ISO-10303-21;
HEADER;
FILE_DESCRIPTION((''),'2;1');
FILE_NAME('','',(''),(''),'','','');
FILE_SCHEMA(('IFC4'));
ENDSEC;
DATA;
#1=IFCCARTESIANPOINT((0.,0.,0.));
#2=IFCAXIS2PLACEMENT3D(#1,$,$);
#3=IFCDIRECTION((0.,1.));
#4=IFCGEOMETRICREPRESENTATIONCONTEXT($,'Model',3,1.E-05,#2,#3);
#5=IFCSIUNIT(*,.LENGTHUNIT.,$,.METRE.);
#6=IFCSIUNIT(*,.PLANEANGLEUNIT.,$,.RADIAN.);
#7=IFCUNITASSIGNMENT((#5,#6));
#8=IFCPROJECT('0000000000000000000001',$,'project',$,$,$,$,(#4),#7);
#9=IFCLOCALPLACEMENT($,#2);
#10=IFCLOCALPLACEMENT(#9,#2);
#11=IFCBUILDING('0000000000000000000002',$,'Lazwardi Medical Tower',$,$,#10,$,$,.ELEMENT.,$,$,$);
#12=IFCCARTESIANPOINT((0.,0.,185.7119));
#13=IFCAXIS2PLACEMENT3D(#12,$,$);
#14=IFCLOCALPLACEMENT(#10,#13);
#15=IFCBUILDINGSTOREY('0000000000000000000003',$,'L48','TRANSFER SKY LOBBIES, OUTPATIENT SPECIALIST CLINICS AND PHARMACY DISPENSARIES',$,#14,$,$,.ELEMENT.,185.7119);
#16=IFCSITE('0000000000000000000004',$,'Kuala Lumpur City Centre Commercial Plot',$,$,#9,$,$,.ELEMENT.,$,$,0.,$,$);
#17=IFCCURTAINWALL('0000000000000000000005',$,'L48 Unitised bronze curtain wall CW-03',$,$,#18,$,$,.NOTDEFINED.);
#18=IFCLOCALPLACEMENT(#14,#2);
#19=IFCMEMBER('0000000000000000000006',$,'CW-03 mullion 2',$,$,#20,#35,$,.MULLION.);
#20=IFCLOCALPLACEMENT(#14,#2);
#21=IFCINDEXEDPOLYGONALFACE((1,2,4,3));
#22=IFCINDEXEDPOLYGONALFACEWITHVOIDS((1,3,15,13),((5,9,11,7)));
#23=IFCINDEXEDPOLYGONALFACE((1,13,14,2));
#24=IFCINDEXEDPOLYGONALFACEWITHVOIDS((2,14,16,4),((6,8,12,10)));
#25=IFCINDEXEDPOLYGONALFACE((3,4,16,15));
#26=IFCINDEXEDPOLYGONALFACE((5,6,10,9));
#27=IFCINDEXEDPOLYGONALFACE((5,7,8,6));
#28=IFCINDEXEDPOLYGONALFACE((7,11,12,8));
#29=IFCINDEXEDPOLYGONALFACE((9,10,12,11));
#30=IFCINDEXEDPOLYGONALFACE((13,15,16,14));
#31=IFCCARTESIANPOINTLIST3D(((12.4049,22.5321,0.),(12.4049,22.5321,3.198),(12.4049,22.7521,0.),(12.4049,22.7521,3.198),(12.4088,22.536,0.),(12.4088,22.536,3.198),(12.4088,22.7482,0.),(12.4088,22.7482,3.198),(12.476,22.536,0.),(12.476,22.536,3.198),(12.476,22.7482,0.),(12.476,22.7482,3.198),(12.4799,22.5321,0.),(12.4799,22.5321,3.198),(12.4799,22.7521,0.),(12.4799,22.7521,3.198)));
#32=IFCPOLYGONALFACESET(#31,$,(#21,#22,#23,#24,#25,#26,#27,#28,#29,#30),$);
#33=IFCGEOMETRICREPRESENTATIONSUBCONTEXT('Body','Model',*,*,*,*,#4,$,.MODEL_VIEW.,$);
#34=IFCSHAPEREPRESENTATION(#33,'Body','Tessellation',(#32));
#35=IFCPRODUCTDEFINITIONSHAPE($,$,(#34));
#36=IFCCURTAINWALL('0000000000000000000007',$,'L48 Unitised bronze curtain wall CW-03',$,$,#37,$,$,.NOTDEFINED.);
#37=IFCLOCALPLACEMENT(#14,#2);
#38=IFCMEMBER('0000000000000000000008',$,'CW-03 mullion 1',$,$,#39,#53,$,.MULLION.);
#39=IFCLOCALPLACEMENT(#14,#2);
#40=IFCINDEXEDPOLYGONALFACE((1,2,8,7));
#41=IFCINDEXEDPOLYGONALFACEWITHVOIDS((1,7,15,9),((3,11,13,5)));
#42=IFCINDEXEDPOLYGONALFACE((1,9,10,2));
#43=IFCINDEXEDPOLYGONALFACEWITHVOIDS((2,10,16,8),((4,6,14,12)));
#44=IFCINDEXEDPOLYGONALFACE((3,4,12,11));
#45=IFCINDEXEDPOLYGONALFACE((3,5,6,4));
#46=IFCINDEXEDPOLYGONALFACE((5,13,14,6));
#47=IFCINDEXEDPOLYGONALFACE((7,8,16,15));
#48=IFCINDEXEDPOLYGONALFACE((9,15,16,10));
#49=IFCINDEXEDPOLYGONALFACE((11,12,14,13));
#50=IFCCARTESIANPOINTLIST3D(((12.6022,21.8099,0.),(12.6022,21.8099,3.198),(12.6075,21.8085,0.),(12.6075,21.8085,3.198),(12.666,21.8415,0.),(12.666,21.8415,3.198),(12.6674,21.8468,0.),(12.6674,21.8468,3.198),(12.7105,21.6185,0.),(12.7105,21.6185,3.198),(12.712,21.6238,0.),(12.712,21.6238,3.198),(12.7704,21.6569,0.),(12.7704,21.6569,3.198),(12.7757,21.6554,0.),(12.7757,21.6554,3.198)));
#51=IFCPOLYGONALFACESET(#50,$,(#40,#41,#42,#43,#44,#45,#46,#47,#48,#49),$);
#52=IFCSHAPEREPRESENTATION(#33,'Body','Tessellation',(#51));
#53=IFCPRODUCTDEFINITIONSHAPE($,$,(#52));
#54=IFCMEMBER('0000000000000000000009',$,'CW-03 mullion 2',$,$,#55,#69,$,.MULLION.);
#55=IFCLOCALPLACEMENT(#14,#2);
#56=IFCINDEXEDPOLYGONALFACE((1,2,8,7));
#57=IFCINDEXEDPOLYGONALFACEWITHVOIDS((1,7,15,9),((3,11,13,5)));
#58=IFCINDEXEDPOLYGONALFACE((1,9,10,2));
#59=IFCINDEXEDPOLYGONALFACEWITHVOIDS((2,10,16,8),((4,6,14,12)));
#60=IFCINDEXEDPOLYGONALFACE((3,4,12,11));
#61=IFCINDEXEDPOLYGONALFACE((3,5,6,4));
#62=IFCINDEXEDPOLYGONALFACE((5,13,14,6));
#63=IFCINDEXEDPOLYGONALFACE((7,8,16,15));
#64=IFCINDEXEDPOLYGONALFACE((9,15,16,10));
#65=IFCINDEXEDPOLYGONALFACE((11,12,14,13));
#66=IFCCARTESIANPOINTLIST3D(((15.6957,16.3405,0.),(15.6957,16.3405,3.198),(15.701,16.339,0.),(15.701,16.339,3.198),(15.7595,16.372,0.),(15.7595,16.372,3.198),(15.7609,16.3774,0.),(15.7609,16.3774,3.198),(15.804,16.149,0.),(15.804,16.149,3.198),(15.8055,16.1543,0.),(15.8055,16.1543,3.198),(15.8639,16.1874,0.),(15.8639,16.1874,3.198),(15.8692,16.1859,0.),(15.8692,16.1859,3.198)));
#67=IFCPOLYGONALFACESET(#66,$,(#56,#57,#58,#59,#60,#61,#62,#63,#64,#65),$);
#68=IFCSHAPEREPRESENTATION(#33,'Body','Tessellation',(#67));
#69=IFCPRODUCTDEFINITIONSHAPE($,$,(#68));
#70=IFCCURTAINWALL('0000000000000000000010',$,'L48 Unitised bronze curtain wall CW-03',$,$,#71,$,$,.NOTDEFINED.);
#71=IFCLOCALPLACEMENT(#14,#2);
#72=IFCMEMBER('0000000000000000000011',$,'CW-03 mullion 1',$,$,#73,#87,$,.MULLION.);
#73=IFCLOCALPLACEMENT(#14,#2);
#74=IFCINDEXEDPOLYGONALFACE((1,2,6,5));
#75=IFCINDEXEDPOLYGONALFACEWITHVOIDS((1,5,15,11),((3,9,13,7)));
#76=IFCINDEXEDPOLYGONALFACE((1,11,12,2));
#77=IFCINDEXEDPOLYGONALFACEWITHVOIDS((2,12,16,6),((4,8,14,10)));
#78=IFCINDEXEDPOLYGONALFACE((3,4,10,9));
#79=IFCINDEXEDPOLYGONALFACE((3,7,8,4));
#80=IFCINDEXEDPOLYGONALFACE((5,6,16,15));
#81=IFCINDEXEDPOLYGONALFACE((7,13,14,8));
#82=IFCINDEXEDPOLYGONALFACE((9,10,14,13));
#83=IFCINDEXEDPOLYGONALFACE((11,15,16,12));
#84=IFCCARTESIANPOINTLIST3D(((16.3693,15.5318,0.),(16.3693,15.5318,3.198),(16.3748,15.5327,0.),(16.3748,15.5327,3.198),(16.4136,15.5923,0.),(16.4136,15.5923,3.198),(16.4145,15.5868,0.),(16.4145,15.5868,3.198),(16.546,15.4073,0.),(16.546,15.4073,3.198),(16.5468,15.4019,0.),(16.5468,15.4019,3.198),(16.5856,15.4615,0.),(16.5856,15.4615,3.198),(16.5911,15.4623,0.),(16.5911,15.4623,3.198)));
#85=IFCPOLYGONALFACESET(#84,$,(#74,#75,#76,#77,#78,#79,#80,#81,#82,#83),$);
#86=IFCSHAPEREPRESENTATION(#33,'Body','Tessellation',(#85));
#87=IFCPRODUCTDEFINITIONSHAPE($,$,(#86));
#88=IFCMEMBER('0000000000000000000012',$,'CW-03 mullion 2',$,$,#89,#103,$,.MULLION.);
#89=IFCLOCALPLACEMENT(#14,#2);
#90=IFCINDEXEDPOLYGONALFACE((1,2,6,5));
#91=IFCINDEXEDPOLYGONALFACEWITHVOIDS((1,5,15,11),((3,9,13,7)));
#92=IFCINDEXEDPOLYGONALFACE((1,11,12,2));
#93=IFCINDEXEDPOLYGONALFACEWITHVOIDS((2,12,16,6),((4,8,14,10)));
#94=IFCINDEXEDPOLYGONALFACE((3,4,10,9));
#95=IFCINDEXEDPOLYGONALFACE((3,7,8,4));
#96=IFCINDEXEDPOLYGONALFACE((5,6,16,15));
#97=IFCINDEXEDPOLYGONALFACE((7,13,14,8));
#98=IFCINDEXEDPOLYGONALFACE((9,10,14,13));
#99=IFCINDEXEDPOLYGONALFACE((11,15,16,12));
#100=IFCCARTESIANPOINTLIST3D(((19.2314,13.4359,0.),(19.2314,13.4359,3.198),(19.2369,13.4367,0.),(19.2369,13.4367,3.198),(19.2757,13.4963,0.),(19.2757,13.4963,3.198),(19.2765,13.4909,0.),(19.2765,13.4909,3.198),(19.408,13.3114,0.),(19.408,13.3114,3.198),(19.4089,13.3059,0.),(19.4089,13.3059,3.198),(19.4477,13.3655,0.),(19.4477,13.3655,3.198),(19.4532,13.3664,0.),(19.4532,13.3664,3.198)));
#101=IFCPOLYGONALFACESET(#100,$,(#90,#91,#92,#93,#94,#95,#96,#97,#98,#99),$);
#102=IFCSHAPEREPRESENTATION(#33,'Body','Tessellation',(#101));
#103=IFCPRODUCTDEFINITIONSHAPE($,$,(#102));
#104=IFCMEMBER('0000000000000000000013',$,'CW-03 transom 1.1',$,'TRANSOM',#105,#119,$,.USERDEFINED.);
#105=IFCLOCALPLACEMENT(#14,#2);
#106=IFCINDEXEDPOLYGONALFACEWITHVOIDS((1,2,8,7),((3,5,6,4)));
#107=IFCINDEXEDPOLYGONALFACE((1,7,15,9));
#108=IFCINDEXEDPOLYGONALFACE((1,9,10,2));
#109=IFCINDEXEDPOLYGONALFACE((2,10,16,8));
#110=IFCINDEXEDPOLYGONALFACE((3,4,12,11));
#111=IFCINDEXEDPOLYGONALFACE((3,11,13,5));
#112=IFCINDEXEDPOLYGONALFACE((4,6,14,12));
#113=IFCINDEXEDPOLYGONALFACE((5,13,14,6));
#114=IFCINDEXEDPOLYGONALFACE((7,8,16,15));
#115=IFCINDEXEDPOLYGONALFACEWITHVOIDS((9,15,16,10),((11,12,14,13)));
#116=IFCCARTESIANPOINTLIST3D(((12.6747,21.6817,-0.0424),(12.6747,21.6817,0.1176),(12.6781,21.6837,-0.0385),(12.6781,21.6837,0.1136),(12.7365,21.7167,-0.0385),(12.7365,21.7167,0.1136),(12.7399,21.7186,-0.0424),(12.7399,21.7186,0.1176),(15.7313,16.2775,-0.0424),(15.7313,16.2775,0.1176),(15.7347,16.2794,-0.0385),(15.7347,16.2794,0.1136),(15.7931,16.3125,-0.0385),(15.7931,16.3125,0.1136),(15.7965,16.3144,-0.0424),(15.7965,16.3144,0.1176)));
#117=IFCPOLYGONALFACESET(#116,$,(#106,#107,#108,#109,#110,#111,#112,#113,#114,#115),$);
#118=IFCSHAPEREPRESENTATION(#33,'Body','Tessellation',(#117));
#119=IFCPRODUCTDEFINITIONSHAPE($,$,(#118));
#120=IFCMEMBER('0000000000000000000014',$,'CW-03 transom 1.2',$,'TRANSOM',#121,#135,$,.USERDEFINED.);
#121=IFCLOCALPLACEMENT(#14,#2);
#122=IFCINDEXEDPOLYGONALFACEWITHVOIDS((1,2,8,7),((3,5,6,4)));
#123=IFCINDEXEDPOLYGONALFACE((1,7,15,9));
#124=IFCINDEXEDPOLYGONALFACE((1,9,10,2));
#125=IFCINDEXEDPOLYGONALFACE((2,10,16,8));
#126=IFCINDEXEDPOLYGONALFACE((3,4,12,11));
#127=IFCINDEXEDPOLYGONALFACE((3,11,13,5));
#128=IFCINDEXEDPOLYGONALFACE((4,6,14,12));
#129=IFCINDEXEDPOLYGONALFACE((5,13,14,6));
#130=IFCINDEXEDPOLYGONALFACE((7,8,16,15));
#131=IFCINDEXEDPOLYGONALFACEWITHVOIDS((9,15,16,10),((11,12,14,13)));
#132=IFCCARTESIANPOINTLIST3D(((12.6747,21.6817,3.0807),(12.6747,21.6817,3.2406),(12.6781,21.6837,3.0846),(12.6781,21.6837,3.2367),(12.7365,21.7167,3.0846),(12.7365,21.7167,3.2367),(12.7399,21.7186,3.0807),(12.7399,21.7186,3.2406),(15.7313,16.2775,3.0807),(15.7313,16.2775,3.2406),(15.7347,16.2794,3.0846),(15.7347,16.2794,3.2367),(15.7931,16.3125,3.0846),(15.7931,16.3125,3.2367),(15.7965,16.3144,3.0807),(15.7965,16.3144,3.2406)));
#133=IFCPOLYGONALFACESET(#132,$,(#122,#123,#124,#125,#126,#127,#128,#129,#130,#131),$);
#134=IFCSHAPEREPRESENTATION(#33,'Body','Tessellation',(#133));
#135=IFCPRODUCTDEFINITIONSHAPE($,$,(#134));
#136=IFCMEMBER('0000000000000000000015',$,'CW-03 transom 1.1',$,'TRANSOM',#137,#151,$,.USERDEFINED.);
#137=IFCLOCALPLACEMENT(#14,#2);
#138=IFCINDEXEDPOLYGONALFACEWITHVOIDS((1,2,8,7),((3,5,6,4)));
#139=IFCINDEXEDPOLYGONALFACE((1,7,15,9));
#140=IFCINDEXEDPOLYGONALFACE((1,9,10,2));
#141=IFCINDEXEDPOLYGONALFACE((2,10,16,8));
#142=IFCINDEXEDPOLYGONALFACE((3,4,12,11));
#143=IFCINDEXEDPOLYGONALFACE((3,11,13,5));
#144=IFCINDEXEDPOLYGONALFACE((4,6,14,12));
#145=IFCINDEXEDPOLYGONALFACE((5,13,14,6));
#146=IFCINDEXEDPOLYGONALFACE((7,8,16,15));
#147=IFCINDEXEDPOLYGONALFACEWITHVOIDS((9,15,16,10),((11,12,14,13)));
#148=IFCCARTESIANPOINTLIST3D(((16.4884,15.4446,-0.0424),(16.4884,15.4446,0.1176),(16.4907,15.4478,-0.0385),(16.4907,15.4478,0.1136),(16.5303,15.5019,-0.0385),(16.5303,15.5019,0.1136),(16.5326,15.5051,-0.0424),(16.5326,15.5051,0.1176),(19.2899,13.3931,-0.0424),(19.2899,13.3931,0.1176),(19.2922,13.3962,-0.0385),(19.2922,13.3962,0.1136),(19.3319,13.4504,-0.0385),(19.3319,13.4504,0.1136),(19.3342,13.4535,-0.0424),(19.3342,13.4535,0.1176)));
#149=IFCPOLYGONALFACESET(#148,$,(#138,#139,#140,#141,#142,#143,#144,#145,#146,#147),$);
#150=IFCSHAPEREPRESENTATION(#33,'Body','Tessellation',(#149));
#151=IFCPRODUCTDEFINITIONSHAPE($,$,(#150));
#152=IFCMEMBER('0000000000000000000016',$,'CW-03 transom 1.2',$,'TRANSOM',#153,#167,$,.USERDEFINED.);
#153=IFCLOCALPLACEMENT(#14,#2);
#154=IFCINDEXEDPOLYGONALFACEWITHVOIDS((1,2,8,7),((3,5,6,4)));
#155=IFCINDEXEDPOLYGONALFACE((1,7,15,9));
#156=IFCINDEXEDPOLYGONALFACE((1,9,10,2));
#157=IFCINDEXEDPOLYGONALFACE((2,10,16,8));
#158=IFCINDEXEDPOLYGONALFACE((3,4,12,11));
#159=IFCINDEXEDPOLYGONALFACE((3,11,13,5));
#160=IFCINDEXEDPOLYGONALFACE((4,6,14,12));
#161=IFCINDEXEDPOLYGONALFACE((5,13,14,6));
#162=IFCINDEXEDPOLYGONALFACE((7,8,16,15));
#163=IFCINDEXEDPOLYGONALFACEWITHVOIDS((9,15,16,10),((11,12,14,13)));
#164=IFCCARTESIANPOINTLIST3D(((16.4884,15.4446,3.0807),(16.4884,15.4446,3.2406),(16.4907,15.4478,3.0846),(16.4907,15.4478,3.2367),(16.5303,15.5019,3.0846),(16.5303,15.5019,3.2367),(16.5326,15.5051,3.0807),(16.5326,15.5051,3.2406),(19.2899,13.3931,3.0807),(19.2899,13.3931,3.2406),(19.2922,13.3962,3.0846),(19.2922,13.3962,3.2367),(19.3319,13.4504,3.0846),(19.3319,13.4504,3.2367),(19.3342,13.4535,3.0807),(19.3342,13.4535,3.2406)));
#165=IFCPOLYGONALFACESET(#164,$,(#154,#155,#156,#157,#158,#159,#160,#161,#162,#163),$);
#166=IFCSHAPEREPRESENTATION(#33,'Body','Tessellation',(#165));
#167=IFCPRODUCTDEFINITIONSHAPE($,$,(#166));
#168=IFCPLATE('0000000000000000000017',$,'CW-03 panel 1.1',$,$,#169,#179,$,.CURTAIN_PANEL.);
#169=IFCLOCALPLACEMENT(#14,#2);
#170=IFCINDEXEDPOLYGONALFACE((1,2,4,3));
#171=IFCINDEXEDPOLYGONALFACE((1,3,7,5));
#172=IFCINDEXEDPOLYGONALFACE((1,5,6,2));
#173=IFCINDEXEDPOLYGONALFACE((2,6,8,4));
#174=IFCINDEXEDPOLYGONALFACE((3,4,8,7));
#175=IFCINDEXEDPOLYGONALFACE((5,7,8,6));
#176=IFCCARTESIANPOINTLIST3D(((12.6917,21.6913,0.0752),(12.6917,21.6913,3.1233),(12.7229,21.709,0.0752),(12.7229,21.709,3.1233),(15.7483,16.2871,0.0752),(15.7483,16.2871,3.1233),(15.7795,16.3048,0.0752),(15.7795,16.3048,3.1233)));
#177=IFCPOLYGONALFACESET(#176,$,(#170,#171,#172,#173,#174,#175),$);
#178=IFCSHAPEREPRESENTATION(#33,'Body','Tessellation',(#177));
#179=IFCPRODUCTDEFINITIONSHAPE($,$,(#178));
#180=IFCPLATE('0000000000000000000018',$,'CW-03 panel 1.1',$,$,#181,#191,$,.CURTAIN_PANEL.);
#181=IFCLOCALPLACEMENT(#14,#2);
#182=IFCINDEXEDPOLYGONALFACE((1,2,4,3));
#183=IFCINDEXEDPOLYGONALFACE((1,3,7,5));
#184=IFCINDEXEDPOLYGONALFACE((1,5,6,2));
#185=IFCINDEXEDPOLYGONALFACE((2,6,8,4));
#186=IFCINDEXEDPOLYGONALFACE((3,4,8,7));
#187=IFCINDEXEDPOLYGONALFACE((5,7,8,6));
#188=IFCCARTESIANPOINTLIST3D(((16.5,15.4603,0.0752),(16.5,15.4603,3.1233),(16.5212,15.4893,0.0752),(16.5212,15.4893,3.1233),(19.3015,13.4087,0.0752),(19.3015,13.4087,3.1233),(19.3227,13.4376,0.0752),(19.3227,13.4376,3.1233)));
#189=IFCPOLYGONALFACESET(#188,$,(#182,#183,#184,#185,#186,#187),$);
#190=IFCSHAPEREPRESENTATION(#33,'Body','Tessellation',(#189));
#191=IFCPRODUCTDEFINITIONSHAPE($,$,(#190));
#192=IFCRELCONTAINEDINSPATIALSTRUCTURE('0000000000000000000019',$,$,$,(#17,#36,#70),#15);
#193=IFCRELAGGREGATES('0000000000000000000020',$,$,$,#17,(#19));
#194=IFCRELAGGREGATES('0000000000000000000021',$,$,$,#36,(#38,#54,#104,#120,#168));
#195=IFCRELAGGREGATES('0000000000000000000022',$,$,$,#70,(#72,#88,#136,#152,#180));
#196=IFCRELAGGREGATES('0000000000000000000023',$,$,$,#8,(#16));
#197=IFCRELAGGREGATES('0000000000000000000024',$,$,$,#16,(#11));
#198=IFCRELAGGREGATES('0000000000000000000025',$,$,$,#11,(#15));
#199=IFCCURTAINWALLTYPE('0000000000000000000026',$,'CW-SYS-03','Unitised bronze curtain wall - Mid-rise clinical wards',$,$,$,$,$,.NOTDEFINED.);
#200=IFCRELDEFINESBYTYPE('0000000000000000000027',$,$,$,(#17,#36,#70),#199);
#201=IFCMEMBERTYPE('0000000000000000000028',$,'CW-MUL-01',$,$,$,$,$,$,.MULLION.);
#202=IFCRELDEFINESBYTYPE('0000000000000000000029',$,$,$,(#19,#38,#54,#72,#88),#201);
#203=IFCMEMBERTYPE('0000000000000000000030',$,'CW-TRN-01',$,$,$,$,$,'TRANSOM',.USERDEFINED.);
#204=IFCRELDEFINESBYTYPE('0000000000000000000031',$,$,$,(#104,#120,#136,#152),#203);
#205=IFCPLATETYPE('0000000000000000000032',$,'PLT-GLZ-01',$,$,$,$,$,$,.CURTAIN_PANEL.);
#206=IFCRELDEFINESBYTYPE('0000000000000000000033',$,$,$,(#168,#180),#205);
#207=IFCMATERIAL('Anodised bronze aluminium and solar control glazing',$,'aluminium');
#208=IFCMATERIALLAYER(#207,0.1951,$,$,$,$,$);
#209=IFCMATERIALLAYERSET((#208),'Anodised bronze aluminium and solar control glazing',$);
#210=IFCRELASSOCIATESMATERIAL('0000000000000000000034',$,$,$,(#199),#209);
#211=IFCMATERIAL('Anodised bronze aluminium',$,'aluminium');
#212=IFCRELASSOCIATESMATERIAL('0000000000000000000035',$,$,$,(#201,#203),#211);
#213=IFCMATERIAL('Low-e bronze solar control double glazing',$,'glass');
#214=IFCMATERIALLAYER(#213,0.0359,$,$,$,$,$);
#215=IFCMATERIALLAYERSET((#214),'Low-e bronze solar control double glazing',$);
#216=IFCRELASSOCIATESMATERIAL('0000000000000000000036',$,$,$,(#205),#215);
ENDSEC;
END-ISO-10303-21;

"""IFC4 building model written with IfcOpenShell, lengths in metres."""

from ifc_helpers import new_model, si_unit, direction, frame, origin, origin_2d, place, context, subcontext, project, spatial, rectangle, hollow_rectangle, extrude, material, layer, layer_set, material_profile, profile_set, type_object, element, aggregate, save


model = new_model("IFC4")

# Units and contexts
model_context = context("Model", 3, precision=1e-05, world=origin(), true_north=direction((0.0, 1.0)))
body_context = subcontext(model_context, "Body", "Model", "MODEL_VIEW")
ifc_project = project(units=[si_unit("LENGTHUNIT", "METRE"), si_unit("PLANEANGLEUNIT", "RADIAN")], contexts=[model_context])

# Site, building, storey
site_placement = place(None, origin())
site = spatial("IfcSite", under=ifc_project, at=site_placement, Name="Kuala Lumpur City Centre Commercial Plot", CompositionType="ELEMENT", RefElevation=0.0)
building_placement = place(site_placement, origin())
building = spatial("IfcBuilding", under=site, at=building_placement, Name="Lazwardi Medical Tower", CompositionType="ELEMENT")
storey_placement = place(building_placement, frame((0.0, 0.0, 185.7119)))
storey = spatial("IfcBuildingStorey", under=building, at=storey_placement, Name="L48", Description="TRANSFER SKY LOBBIES, OUTPATIENT SPECIALIST CLINICS AND PHARMACY DISPENSARIES", CompositionType="ELEMENT", Elevation=185.7119)

# Curtain wall, member
ifc_material_1 = material(Name="Anodised bronze aluminium and solar control glazing", Category="aluminium")
ifc_layer_1 = layer(ifc_material_1, 0.1951)
ifc_layer_set_1 = layer_set([ifc_layer_1], Name="Anodised bronze aluminium and solar control glazing")
curtain_wall_type = type_object("IfcCurtainWallType", Name="CW-SYS-03", Description="Unitised bronze curtain wall - Mid-rise clinical wards", PredefinedType="NOTDEFINED", material=ifc_layer_set_1)
curtain_wall_1_placement = place(storey_placement, origin())
curtain_wall_1 = element("IfcCurtainWall", 1, at=curtain_wall_1_placement, inside=storey, type_object=curtain_wall_type, Name="L48 Unitised bronze curtain wall CW-03", PredefinedType="NOTDEFINED")
ifc_material_2 = material(Name="Anodised bronze aluminium", Category="aluminium")
ifc_material_profile_1 = material_profile(ifc_material_2, hollow_rectangle(XDim=0.075, YDim=0.22, WallThickness=0.0039, at=origin_2d()), Name="ALU-MULLION 220x75x4")
ifc_profile_set_1 = profile_set([ifc_material_profile_1], Name="Anodised bronze aluminium")
member_type_1 = type_object("IfcMemberType", Name="CW-MUL-01", PredefinedType="MULLION", material=ifc_profile_set_1)
member_1_placement = place(storey_placement, frame((12.4424, 22.6421, 0.0), z_axis=(0.0, 0.0, 1.0), x_axis=(1.0, 0.0, 0.0)))
member_1 = element("IfcMember", 2, at=member_1_placement, type_object=member_type_1, Name="CW-03 mullion 2", PredefinedType="MULLION", context=body_context, shape_type="SweptSolid", body=[
    extrude(hollow_rectangle(XDim=0.075, YDim=0.22, WallThickness=0.0039, at=origin_2d()), origin(), (0.0, 0.0, 1.0), 3.198),
])
aggregate(curtain_wall_1, [member_1])

# Curtain walls, members
curtain_wall_2_placement = place(storey_placement, origin())
curtain_wall_2 = element("IfcCurtainWall", 3, at=curtain_wall_2_placement, inside=storey, type_object=curtain_wall_type, Name="L48 Unitised bronze curtain wall CW-03", PredefinedType="NOTDEFINED")
member_2_placement = place(storey_placement, frame((12.689, 21.7327, 0.0), z_axis=(0.0, 0.0, 1.0), x_axis=(0.870419, 0.492312, 0.0)))
member_2 = element("IfcMember", 4, at=member_2_placement, type_object=member_type_1, Name="CW-03 mullion 1", PredefinedType="MULLION", context=body_context, shape_type="SweptSolid", body=[
    extrude(hollow_rectangle(XDim=0.075, YDim=0.22, WallThickness=0.0039, at=origin_2d()), origin(), (0.0, 0.0, 1.0), 3.198),
])
member_3_placement = place(storey_placement, frame((15.7825, 16.2632, 0.0), z_axis=(0.0, 0.0, 1.0), x_axis=(0.870419, 0.492312, 0.0)))
member_3 = element("IfcMember", 5, at=member_3_placement, type_object=member_type_1, Name="CW-03 mullion 2", PredefinedType="MULLION", context=body_context, shape_type="SweptSolid", body=[
    extrude(hollow_rectangle(XDim=0.075, YDim=0.22, WallThickness=0.0039, at=origin_2d()), origin(), (0.0, 0.0, 1.0), 3.198),
])
curtain_wall_3_placement = place(storey_placement, origin())
curtain_wall_3 = element("IfcCurtainWall", 6, at=curtain_wall_3_placement, inside=storey, type_object=curtain_wall_type, Name="L48 Unitised bronze curtain wall CW-03", PredefinedType="NOTDEFINED")
member_4_placement = place(storey_placement, frame((16.4802, 15.4971, 0.0), z_axis=(0.0, 0.0, 1.0), x_axis=(0.590834, 0.806793, 0.0)))
member_4 = element("IfcMember", 7, at=member_4_placement, type_object=member_type_1, Name="CW-03 mullion 1", PredefinedType="MULLION", context=body_context, shape_type="SweptSolid", body=[
    extrude(hollow_rectangle(XDim=0.075, YDim=0.22, WallThickness=0.0039, at=origin_2d()), origin(), (0.0, 0.0, 1.0), 3.198),
])
member_5_placement = place(storey_placement, frame((19.3423, 13.4011, 0.0), z_axis=(0.0, 0.0, 1.0), x_axis=(0.590834, 0.806793, 0.0)))
member_5 = element("IfcMember", 8, at=member_5_placement, type_object=member_type_1, Name="CW-03 mullion 2", PredefinedType="MULLION", context=body_context, shape_type="SweptSolid", body=[
    extrude(hollow_rectangle(XDim=0.075, YDim=0.22, WallThickness=0.0039, at=origin_2d()), origin(), (0.0, 0.0, 1.0), 3.198),
])

# Members
ifc_material_profile_2 = material_profile(ifc_material_2, hollow_rectangle(XDim=0.075, YDim=0.1599, WallThickness=0.0039, at=origin_2d()), Name="ALU-TRANSOM 160x75x4")
ifc_profile_set_2 = profile_set([ifc_material_profile_2], Name="Anodised bronze aluminium")
member_type_2 = type_object("IfcMemberType", Name="CW-TRN-01", ElementType="TRANSOM", PredefinedType="USERDEFINED", material=ifc_profile_set_2)
member_6_placement = place(storey_placement, frame((12.7073, 21.7002, 0.0376), z_axis=(0.492306, -0.870422, 0.0), x_axis=(0.870422, 0.492306, 0.0)))
member_6 = element("IfcMember", 9, at=member_6_placement, type_object=member_type_2, Name="CW-03 transom 1.1", ObjectType="TRANSOM", PredefinedType="USERDEFINED", context=body_context, shape_type="SweptSolid", body=[
    extrude(hollow_rectangle(XDim=0.075, YDim=0.1599, WallThickness=0.0039, at=origin_2d()), origin(), (0.0, 0.0, 1.0), 6.2087),
])
member_7_placement = place(storey_placement, frame((12.7073, 21.7002, 3.1606), z_axis=(0.492306, -0.870422, 0.0), x_axis=(0.870422, 0.492306, 0.0)))
member_7 = element("IfcMember", 10, at=member_7_placement, type_object=member_type_2, Name="CW-03 transom 1.2", ObjectType="TRANSOM", PredefinedType="USERDEFINED", context=body_context, shape_type="SweptSolid", body=[
    extrude(hollow_rectangle(XDim=0.075, YDim=0.1599, WallThickness=0.0039, at=origin_2d()), origin(), (0.0, 0.0, 1.0), 6.2087),
])
member_8_placement = place(storey_placement, frame((16.5105, 15.4749, 0.0376), z_axis=(0.806807, -0.590815, 0.0), x_axis=(0.590815, 0.806807, 0.0)))
member_8 = element("IfcMember", 11, at=member_8_placement, type_object=member_type_2, Name="CW-03 transom 1.1", ObjectType="TRANSOM", PredefinedType="USERDEFINED", context=body_context, shape_type="SweptSolid", body=[
    extrude(hollow_rectangle(XDim=0.075, YDim=0.1599, WallThickness=0.0039, at=origin_2d()), origin(), (0.0, 0.0, 1.0), 3.4724),
])
member_9_placement = place(storey_placement, frame((16.5105, 15.4749, 3.1606), z_axis=(0.806807, -0.590815, 0.0), x_axis=(0.590815, 0.806807, 0.0)))
member_9 = element("IfcMember", 12, at=member_9_placement, type_object=member_type_2, Name="CW-03 transom 1.2", ObjectType="TRANSOM", PredefinedType="USERDEFINED", context=body_context, shape_type="SweptSolid", body=[
    extrude(hollow_rectangle(XDim=0.075, YDim=0.1599, WallThickness=0.0039, at=origin_2d()), origin(), (0.0, 0.0, 1.0), 3.4724),
])

# Plates
ifc_material_3 = material(Name="Low-e bronze solar control double glazing", Category="glass")
ifc_layer_2 = layer(ifc_material_3, 0.0359)
ifc_layer_set_2 = layer_set([ifc_layer_2], Name="Low-e bronze solar control double glazing")
plate_type = type_object("IfcPlateType", Name="PLT-GLZ-01", PredefinedType="CURTAIN_PANEL", material=ifc_layer_set_2)
plate_1_placement = place(storey_placement, frame((14.2356, 18.998, 0.0752), z_axis=(0.0, 0.0, 1.0), x_axis=(0.492312, -0.870419, 0.0)))
plate_1 = element("IfcPlate", 13, at=plate_1_placement, type_object=plate_type, Name="CW-03 panel 1.1", PredefinedType="CURTAIN_PANEL", context=body_context, shape_type="SweptSolid", body=[
    extrude(rectangle(XDim=6.2087, YDim=0.0359, at=origin_2d()), origin(), (0.0, 0.0, 1.0), 3.0481),
])
aggregate(curtain_wall_2, [member_2, member_3, member_6, member_7, plate_1])
plate_2_placement = place(storey_placement, frame((17.9114, 14.449, 0.0752), z_axis=(0.0, 0.0, 1.0), x_axis=(0.806793, -0.590834, 0.0)))
plate_2 = element("IfcPlate", 14, at=plate_2_placement, type_object=plate_type, Name="CW-03 panel 1.1", PredefinedType="CURTAIN_PANEL", context=body_context, shape_type="SweptSolid", body=[
    extrude(rectangle(XDim=3.4724, YDim=0.0359, at=origin_2d()), origin(), (0.0, 0.0, 1.0), 3.0481),
])
aggregate(curtain_wall_3, [member_4, member_5, member_8, member_9, plate_2])

save(model, "model.ifc")
